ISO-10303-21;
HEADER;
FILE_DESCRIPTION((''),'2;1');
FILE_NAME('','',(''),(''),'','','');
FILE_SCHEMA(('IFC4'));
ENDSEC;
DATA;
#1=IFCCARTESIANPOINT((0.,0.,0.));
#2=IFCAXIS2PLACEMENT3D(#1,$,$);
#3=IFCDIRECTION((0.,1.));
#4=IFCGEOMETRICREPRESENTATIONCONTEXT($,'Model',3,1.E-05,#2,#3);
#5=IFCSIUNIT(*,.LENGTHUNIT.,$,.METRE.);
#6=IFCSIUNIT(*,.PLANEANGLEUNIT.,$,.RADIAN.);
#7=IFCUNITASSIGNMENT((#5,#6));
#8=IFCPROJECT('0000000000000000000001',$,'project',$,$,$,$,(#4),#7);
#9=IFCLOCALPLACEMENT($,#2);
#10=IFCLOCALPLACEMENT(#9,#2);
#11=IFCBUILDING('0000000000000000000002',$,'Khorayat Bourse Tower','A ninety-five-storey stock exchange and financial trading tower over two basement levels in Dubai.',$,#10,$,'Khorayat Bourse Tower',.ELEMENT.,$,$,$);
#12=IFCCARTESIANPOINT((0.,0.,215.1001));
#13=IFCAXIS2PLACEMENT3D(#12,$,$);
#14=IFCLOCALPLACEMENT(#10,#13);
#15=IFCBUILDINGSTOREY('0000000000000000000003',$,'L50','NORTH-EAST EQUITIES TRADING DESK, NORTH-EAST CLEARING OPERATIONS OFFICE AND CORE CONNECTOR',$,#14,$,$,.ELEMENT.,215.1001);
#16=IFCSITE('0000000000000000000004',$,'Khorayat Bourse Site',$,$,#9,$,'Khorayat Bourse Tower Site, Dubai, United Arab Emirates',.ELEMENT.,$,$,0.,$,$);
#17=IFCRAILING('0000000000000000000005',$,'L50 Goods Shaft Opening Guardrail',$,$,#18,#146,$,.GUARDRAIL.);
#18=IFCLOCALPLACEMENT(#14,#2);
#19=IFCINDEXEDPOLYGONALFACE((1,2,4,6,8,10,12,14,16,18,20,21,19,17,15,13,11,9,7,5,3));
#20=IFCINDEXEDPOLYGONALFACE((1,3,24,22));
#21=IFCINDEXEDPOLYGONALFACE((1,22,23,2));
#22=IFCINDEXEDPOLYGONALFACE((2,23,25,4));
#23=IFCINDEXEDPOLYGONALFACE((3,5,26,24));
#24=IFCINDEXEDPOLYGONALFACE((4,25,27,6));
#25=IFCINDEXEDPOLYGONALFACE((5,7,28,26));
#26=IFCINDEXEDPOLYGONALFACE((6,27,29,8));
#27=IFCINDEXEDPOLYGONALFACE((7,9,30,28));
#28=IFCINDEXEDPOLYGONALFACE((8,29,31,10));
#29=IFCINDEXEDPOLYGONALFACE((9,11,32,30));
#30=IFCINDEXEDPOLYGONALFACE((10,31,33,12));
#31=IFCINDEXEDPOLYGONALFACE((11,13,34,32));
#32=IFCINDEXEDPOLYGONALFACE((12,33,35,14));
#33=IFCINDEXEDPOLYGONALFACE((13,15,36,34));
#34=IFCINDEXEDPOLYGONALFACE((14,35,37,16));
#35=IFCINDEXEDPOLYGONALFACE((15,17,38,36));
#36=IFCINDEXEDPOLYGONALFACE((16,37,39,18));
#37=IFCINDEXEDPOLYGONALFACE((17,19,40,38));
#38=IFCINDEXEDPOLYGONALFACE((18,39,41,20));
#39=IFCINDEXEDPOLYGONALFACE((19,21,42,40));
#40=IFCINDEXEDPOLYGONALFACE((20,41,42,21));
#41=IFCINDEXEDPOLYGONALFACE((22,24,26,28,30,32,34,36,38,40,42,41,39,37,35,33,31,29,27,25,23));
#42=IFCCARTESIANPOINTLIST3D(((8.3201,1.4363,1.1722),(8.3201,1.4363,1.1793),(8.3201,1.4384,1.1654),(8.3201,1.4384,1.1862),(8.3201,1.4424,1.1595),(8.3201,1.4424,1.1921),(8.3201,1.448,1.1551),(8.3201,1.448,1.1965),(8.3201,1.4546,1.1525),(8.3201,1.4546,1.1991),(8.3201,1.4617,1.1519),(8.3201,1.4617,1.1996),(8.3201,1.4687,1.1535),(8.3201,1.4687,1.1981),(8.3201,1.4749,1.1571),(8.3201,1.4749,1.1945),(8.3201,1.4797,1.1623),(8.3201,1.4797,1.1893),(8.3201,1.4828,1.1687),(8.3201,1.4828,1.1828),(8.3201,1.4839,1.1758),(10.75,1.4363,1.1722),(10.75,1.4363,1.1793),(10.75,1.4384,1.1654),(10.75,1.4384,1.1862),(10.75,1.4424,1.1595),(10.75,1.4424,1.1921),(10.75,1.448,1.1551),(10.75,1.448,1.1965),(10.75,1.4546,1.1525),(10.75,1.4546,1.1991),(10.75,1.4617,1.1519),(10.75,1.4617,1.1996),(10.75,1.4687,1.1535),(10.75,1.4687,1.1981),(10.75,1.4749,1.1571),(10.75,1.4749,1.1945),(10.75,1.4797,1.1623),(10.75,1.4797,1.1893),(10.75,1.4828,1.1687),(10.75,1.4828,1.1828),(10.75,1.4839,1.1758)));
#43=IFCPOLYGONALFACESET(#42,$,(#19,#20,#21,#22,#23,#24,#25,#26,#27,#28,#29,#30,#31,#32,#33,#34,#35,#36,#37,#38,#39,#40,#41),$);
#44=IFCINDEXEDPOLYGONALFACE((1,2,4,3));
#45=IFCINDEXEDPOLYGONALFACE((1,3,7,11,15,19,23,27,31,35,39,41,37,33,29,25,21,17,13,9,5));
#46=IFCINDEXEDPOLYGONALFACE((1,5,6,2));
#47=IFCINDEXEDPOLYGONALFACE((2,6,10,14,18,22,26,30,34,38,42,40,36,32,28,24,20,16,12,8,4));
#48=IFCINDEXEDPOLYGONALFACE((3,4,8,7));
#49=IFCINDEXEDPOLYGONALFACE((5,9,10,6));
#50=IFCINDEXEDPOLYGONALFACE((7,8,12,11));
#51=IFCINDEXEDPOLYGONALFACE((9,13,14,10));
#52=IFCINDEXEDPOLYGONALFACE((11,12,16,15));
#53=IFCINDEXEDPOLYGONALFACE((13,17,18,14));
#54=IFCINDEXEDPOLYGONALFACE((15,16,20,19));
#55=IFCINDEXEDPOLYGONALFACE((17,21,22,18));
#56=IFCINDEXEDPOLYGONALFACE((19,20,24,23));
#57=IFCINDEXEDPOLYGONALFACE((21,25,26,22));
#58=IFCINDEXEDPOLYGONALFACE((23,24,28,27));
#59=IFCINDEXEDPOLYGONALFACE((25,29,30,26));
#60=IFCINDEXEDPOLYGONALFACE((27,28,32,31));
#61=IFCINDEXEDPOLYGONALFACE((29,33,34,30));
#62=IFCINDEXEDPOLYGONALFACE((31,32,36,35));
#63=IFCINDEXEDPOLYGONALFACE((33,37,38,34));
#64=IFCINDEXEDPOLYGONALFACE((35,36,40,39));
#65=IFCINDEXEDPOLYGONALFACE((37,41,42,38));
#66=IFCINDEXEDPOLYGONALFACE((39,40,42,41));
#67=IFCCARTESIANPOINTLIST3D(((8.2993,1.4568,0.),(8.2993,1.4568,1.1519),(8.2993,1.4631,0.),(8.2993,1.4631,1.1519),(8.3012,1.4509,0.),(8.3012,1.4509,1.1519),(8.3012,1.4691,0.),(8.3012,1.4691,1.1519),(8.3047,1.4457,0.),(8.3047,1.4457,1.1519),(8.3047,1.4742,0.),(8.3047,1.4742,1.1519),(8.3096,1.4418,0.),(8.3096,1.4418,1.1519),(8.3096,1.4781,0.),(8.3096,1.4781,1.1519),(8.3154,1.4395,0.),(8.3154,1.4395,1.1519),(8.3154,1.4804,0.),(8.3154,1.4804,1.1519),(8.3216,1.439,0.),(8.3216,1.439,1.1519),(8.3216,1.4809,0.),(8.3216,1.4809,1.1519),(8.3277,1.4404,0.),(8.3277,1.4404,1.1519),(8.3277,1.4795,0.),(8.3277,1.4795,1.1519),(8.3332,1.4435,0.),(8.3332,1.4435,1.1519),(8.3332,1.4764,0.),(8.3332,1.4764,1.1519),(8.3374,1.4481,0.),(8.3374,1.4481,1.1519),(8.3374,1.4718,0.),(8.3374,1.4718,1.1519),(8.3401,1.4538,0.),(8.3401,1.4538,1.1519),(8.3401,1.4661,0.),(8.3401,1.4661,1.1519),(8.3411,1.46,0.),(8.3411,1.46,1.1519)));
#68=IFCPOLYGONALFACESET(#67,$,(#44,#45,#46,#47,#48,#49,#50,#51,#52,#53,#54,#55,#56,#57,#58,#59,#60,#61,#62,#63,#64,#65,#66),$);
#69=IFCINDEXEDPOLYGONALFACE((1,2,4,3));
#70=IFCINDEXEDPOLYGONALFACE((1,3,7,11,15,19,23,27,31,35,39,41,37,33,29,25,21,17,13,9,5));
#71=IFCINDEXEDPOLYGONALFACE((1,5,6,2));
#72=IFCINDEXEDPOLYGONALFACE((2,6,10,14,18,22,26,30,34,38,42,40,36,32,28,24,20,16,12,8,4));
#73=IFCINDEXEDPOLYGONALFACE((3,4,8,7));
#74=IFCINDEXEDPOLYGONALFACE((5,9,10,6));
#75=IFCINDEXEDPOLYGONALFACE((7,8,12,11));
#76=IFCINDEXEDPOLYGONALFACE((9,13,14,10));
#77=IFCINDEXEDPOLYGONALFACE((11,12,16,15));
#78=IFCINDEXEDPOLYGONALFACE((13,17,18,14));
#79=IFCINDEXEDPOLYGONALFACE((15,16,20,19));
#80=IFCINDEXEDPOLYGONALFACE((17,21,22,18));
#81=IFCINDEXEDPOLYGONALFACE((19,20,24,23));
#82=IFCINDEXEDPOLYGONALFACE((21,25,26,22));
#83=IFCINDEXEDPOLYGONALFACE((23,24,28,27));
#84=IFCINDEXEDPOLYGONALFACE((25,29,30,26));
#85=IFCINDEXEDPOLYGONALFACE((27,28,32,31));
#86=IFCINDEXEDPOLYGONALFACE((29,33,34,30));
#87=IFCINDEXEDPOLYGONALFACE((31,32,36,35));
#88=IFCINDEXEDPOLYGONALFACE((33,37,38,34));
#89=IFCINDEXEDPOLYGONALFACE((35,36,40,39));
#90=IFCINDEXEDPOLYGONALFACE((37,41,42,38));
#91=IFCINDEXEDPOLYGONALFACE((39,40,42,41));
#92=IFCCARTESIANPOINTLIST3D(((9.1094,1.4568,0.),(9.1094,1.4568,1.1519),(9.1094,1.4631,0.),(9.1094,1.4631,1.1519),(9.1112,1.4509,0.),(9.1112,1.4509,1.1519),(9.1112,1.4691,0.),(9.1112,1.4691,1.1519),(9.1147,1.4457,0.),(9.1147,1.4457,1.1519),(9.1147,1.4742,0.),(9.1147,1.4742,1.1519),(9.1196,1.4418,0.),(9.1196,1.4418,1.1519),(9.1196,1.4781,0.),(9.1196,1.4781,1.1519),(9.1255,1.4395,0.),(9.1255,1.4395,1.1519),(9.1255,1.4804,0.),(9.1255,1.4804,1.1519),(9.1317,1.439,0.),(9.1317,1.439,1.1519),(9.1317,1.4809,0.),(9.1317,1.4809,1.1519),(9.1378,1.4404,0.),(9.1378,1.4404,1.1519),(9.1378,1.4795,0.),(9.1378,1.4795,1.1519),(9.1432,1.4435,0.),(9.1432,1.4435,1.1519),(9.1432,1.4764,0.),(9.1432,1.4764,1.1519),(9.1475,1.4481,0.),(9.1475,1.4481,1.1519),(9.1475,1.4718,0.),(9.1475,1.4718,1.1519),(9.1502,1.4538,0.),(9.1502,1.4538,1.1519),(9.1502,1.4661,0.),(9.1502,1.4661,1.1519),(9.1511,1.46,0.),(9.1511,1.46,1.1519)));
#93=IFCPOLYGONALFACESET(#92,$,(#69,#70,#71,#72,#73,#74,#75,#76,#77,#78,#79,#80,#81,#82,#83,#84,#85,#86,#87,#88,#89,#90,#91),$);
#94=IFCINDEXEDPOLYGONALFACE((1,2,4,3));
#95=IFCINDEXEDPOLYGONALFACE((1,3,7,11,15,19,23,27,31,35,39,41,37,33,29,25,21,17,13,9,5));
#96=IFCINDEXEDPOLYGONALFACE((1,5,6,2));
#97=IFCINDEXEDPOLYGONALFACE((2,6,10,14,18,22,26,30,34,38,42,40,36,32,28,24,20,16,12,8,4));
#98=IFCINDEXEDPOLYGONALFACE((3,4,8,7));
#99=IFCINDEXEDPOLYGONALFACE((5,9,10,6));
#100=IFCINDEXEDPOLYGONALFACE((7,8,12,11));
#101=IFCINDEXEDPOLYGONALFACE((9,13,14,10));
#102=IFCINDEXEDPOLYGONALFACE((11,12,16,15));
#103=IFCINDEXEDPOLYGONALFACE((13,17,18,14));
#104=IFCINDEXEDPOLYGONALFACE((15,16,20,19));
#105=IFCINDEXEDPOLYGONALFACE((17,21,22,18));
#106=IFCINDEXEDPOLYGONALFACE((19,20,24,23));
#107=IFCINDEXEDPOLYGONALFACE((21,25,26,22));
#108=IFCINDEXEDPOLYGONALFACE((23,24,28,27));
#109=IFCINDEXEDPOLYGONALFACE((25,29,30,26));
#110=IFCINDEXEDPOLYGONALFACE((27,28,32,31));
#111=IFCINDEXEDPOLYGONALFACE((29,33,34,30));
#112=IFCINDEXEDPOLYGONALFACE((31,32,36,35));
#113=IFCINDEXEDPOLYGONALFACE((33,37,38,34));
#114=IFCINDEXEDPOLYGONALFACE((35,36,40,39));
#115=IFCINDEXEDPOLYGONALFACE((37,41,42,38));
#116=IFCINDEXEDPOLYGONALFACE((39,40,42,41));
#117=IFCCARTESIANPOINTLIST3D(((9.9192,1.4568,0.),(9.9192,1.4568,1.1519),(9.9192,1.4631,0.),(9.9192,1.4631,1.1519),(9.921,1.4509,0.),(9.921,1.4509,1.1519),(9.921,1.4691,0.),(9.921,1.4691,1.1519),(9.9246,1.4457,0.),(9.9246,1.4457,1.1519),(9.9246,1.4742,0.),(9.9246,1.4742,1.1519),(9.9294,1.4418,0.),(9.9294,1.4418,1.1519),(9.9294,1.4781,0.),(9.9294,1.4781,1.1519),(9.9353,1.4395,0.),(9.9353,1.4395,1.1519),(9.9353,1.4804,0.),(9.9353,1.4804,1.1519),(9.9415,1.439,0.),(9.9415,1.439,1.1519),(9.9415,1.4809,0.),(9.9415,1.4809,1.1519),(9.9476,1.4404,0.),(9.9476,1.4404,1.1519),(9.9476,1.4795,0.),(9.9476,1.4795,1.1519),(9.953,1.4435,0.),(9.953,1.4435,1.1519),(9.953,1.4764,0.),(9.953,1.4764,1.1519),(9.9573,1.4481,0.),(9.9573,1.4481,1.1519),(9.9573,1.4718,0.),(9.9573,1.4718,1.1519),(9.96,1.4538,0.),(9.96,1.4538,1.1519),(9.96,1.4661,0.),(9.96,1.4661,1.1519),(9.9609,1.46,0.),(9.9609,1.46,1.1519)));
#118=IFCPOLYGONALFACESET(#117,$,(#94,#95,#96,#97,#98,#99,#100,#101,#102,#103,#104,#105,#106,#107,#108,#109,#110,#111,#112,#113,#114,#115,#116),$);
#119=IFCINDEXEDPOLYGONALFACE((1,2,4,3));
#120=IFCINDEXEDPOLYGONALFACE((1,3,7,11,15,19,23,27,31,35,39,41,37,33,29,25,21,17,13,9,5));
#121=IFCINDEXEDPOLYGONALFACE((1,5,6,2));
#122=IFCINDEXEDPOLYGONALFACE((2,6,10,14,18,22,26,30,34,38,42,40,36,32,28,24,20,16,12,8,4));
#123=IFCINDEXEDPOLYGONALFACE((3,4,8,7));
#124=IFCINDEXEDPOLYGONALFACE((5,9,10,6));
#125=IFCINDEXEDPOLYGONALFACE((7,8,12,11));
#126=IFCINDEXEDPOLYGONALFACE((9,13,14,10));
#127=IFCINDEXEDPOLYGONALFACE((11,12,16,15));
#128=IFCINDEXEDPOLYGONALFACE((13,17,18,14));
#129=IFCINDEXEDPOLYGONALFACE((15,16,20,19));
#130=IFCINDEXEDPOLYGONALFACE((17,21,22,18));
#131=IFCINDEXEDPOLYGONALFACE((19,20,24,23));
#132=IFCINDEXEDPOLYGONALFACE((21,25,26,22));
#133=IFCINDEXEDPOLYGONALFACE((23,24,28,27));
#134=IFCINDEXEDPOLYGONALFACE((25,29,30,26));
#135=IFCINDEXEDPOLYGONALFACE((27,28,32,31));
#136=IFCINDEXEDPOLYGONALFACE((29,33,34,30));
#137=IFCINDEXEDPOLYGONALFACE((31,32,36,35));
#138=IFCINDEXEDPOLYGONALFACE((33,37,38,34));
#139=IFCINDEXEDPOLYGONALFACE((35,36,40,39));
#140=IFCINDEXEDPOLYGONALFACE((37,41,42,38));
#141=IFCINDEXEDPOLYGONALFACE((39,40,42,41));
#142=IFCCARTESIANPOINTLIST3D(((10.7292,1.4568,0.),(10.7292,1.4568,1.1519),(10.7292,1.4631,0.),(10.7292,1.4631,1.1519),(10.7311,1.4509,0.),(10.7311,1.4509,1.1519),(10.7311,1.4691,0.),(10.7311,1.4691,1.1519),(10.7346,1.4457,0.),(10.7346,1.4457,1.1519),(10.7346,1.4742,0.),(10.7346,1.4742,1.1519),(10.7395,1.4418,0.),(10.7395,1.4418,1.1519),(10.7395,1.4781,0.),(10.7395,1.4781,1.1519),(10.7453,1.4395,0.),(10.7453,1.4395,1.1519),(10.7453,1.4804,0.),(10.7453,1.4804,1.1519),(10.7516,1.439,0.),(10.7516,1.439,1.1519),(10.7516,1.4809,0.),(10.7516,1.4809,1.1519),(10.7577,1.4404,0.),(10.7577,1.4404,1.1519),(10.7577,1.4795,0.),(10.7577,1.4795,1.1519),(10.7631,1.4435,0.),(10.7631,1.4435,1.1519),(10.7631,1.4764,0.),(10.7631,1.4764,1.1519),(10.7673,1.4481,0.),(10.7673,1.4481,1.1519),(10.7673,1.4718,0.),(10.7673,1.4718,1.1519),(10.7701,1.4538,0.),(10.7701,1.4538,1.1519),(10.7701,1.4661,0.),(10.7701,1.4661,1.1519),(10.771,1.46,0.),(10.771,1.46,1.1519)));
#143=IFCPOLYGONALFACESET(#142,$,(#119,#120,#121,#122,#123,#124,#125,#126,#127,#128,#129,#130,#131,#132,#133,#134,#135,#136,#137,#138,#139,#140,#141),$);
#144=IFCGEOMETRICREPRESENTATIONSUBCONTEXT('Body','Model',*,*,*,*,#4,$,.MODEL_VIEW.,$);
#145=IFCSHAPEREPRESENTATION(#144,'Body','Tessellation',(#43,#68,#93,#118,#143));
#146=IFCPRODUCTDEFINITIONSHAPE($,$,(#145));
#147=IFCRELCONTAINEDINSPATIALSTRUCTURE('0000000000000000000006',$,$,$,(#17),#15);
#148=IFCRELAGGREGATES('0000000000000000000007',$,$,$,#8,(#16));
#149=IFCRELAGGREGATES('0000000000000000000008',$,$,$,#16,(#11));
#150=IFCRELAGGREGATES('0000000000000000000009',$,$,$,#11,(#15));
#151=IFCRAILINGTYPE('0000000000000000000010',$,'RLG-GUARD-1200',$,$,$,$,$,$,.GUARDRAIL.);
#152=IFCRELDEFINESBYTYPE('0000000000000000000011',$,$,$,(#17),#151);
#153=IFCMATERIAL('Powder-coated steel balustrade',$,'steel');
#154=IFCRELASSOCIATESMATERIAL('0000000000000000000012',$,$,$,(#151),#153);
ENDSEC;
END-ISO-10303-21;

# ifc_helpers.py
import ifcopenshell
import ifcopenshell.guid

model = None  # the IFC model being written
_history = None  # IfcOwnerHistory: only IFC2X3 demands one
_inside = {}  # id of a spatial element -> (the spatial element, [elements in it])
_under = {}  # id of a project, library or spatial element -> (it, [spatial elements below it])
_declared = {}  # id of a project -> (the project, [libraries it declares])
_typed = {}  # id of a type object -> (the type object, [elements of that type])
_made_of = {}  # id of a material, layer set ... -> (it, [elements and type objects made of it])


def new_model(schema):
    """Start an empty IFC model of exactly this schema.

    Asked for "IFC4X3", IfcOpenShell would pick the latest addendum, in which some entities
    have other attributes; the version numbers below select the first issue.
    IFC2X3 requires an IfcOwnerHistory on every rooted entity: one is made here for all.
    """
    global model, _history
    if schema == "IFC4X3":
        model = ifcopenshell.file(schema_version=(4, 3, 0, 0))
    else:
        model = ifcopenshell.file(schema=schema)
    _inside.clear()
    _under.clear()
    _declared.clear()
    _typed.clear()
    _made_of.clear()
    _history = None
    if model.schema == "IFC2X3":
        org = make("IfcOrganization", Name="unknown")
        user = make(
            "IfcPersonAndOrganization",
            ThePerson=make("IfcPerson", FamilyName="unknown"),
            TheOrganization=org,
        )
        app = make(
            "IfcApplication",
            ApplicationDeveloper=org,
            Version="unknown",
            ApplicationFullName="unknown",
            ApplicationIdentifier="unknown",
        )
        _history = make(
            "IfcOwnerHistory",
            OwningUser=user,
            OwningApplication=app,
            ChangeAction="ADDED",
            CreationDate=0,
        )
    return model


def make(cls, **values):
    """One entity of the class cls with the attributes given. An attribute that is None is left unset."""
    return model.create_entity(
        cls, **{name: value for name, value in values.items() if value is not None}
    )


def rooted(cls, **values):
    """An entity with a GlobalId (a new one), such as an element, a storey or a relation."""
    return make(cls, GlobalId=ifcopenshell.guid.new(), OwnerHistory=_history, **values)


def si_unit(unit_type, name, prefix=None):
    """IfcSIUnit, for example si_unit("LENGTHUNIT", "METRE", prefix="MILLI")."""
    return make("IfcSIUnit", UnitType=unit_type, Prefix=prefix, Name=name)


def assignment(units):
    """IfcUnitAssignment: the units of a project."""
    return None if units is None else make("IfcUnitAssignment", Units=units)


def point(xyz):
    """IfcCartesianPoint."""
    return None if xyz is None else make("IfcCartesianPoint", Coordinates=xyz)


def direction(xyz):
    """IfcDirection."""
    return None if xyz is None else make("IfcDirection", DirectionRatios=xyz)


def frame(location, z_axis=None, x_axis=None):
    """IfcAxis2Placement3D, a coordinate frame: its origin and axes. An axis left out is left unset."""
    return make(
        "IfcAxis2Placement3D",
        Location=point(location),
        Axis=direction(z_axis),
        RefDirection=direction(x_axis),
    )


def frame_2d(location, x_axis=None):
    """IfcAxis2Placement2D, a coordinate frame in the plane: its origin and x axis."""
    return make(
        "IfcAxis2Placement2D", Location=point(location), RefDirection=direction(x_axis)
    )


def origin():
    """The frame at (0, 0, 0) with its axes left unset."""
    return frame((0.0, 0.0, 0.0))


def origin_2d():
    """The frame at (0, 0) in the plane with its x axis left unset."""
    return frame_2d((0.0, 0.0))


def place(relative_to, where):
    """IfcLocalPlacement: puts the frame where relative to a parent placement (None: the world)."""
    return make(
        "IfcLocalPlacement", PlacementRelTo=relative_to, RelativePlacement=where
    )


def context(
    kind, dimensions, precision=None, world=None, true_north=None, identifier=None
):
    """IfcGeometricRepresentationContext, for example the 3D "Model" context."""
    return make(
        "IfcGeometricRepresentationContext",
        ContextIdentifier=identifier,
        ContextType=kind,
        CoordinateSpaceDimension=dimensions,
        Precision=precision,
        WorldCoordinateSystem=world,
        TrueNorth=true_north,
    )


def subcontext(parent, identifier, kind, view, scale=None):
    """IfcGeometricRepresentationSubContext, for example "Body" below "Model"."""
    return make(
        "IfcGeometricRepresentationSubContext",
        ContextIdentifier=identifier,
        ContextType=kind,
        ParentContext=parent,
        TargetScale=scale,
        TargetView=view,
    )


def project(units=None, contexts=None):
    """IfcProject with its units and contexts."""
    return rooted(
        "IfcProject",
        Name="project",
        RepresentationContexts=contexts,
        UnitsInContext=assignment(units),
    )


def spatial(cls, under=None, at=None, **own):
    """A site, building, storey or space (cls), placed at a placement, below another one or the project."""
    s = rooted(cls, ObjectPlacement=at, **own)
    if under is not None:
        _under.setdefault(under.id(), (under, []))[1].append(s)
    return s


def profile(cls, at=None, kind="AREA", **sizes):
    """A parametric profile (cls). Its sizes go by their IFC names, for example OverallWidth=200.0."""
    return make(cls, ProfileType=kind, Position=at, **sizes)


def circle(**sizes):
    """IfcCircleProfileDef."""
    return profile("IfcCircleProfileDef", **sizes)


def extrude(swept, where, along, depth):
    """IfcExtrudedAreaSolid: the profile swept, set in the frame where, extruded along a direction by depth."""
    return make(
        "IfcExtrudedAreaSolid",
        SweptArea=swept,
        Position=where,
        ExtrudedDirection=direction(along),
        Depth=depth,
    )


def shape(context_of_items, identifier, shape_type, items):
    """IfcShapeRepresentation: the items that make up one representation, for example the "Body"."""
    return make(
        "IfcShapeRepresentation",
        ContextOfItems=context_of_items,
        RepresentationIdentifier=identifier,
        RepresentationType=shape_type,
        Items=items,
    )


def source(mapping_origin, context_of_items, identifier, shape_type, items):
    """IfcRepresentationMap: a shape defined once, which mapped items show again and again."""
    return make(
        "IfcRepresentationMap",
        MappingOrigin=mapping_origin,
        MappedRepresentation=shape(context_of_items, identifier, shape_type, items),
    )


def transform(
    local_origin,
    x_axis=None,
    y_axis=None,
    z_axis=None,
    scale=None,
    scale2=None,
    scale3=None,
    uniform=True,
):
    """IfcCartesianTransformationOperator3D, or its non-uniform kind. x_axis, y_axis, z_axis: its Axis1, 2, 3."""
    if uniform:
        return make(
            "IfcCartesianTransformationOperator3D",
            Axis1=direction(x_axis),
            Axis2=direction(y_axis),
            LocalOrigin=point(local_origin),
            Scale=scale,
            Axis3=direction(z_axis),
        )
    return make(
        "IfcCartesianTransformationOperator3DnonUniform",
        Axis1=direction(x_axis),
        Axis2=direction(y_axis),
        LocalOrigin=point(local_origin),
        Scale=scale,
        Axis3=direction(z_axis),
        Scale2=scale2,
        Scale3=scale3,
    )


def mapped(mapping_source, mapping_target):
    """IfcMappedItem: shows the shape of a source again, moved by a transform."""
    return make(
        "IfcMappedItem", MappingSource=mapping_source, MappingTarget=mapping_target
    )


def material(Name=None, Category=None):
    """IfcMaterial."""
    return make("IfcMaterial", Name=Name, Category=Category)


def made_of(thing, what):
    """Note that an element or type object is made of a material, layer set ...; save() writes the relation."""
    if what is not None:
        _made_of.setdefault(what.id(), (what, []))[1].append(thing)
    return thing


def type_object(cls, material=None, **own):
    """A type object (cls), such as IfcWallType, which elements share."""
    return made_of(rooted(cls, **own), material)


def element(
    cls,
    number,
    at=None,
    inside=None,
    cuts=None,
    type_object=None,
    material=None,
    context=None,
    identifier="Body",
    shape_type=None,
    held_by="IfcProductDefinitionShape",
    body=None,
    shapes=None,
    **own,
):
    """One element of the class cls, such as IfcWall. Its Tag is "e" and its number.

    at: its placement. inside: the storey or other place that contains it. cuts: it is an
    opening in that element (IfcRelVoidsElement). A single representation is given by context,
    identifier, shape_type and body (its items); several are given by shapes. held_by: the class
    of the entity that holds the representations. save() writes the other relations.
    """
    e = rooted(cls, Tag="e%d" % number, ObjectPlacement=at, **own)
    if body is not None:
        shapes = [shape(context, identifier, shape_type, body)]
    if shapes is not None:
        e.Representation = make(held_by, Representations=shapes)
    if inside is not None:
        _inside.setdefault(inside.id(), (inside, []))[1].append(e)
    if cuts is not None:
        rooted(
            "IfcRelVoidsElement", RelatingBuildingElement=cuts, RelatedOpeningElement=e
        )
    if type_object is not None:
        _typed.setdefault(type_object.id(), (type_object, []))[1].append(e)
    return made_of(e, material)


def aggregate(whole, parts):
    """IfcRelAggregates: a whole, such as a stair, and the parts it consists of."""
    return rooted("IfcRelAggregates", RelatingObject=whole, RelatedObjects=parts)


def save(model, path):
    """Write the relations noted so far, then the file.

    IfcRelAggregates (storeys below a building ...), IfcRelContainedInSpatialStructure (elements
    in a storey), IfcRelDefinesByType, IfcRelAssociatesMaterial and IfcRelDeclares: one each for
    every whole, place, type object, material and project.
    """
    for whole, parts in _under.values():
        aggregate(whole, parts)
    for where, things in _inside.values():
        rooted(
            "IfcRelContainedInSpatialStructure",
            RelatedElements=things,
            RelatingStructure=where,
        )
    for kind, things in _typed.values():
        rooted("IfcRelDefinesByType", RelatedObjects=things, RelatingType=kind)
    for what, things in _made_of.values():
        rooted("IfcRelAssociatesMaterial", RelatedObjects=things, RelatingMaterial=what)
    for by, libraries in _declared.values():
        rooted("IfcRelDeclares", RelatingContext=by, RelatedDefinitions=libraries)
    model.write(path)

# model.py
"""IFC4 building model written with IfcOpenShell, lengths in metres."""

from ifc_helpers import new_model, si_unit, direction, frame, origin, origin_2d, place, context, subcontext, project, spatial, circle, extrude, source, transform, mapped, material, type_object, element, save


model = new_model("IFC4")

# Units and contexts
model_context = context("Model", 3, precision=1e-05, world=origin(), true_north=direction((0.0, 1.0)))
body_context = subcontext(model_context, "Body", "Model", "MODEL_VIEW")
ifc_project = project(units=[si_unit("LENGTHUNIT", "METRE"), si_unit("PLANEANGLEUNIT", "RADIAN")], contexts=[model_context])

# Site, building, storey
site_placement = place(None, origin())
site = spatial("IfcSite", under=ifc_project, at=site_placement, Name="Khorayat Bourse Site", LongName="Khorayat Bourse Tower Site, Dubai, United Arab Emirates", CompositionType="ELEMENT", RefElevation=0.0)
building_placement = place(site_placement, origin())
building = spatial("IfcBuilding", under=site, at=building_placement, Name="Khorayat Bourse Tower", Description="A ninety-five-storey stock exchange and financial trading tower over two basement levels in Dubai.", LongName="Khorayat Bourse Tower", CompositionType="ELEMENT")
storey_placement = place(building_placement, frame((0.0, 0.0, 215.1001)))
storey = spatial("IfcBuildingStorey", under=building, at=storey_placement, Name="L50", Description="NORTH-EAST EQUITIES TRADING DESK, NORTH-EAST CLEARING OPERATIONS OFFICE AND CORE CONNECTOR", CompositionType="ELEMENT", Elevation=215.1001)

# Railing
ifc_material_1 = material(Name="Powder-coated steel balustrade", Category="steel")
railing_type = type_object("IfcRailingType", Name="RLG-GUARD-1200", PredefinedType="GUARDRAIL", material=ifc_material_1)
shared_shape_1 = source(origin(), body_context, "Body", "SweptSolid", [
    extrude(circle(Radius=0.0239, at=origin_2d()), frame((0.0, 0.0, 1.1758), z_axis=(1.0, 0.0, 0.0), x_axis=(0.0, 1.0, 0.0)), (0.0, 0.0, 1.0), 2.4299),
    extrude(circle(Radius=0.021, at=origin_2d()), origin(), (0.0, 0.0, 1.0), 1.1519),
    extrude(circle(Radius=0.021, at=origin_2d()), frame((0.8101, 0.0, 0.0)), (0.0, 0.0, 1.0), 1.1519),
    extrude(circle(Radius=0.021, at=origin_2d()), frame((1.6199, 0.0, 0.0)), (0.0, 0.0, 1.0), 1.1519),
    extrude(circle(Radius=0.021, at=origin_2d()), frame((2.4299, 0.0, 0.0)), (0.0, 0.0, 1.0), 1.1519),
])
railing_placement = place(storey_placement, frame((8.3201, 1.46, 0.0)))
element("IfcRailing", 1, at=railing_placement, inside=storey, type_object=railing_type, Name="L50 Goods Shaft Opening Guardrail", PredefinedType="GUARDRAIL", context=body_context, shape_type="MappedRepresentation", body=[
    mapped(shared_shape_1, transform((0.0, 0.0, 0.0), scale=1.0)),
])

save(model, "model.ifc")
